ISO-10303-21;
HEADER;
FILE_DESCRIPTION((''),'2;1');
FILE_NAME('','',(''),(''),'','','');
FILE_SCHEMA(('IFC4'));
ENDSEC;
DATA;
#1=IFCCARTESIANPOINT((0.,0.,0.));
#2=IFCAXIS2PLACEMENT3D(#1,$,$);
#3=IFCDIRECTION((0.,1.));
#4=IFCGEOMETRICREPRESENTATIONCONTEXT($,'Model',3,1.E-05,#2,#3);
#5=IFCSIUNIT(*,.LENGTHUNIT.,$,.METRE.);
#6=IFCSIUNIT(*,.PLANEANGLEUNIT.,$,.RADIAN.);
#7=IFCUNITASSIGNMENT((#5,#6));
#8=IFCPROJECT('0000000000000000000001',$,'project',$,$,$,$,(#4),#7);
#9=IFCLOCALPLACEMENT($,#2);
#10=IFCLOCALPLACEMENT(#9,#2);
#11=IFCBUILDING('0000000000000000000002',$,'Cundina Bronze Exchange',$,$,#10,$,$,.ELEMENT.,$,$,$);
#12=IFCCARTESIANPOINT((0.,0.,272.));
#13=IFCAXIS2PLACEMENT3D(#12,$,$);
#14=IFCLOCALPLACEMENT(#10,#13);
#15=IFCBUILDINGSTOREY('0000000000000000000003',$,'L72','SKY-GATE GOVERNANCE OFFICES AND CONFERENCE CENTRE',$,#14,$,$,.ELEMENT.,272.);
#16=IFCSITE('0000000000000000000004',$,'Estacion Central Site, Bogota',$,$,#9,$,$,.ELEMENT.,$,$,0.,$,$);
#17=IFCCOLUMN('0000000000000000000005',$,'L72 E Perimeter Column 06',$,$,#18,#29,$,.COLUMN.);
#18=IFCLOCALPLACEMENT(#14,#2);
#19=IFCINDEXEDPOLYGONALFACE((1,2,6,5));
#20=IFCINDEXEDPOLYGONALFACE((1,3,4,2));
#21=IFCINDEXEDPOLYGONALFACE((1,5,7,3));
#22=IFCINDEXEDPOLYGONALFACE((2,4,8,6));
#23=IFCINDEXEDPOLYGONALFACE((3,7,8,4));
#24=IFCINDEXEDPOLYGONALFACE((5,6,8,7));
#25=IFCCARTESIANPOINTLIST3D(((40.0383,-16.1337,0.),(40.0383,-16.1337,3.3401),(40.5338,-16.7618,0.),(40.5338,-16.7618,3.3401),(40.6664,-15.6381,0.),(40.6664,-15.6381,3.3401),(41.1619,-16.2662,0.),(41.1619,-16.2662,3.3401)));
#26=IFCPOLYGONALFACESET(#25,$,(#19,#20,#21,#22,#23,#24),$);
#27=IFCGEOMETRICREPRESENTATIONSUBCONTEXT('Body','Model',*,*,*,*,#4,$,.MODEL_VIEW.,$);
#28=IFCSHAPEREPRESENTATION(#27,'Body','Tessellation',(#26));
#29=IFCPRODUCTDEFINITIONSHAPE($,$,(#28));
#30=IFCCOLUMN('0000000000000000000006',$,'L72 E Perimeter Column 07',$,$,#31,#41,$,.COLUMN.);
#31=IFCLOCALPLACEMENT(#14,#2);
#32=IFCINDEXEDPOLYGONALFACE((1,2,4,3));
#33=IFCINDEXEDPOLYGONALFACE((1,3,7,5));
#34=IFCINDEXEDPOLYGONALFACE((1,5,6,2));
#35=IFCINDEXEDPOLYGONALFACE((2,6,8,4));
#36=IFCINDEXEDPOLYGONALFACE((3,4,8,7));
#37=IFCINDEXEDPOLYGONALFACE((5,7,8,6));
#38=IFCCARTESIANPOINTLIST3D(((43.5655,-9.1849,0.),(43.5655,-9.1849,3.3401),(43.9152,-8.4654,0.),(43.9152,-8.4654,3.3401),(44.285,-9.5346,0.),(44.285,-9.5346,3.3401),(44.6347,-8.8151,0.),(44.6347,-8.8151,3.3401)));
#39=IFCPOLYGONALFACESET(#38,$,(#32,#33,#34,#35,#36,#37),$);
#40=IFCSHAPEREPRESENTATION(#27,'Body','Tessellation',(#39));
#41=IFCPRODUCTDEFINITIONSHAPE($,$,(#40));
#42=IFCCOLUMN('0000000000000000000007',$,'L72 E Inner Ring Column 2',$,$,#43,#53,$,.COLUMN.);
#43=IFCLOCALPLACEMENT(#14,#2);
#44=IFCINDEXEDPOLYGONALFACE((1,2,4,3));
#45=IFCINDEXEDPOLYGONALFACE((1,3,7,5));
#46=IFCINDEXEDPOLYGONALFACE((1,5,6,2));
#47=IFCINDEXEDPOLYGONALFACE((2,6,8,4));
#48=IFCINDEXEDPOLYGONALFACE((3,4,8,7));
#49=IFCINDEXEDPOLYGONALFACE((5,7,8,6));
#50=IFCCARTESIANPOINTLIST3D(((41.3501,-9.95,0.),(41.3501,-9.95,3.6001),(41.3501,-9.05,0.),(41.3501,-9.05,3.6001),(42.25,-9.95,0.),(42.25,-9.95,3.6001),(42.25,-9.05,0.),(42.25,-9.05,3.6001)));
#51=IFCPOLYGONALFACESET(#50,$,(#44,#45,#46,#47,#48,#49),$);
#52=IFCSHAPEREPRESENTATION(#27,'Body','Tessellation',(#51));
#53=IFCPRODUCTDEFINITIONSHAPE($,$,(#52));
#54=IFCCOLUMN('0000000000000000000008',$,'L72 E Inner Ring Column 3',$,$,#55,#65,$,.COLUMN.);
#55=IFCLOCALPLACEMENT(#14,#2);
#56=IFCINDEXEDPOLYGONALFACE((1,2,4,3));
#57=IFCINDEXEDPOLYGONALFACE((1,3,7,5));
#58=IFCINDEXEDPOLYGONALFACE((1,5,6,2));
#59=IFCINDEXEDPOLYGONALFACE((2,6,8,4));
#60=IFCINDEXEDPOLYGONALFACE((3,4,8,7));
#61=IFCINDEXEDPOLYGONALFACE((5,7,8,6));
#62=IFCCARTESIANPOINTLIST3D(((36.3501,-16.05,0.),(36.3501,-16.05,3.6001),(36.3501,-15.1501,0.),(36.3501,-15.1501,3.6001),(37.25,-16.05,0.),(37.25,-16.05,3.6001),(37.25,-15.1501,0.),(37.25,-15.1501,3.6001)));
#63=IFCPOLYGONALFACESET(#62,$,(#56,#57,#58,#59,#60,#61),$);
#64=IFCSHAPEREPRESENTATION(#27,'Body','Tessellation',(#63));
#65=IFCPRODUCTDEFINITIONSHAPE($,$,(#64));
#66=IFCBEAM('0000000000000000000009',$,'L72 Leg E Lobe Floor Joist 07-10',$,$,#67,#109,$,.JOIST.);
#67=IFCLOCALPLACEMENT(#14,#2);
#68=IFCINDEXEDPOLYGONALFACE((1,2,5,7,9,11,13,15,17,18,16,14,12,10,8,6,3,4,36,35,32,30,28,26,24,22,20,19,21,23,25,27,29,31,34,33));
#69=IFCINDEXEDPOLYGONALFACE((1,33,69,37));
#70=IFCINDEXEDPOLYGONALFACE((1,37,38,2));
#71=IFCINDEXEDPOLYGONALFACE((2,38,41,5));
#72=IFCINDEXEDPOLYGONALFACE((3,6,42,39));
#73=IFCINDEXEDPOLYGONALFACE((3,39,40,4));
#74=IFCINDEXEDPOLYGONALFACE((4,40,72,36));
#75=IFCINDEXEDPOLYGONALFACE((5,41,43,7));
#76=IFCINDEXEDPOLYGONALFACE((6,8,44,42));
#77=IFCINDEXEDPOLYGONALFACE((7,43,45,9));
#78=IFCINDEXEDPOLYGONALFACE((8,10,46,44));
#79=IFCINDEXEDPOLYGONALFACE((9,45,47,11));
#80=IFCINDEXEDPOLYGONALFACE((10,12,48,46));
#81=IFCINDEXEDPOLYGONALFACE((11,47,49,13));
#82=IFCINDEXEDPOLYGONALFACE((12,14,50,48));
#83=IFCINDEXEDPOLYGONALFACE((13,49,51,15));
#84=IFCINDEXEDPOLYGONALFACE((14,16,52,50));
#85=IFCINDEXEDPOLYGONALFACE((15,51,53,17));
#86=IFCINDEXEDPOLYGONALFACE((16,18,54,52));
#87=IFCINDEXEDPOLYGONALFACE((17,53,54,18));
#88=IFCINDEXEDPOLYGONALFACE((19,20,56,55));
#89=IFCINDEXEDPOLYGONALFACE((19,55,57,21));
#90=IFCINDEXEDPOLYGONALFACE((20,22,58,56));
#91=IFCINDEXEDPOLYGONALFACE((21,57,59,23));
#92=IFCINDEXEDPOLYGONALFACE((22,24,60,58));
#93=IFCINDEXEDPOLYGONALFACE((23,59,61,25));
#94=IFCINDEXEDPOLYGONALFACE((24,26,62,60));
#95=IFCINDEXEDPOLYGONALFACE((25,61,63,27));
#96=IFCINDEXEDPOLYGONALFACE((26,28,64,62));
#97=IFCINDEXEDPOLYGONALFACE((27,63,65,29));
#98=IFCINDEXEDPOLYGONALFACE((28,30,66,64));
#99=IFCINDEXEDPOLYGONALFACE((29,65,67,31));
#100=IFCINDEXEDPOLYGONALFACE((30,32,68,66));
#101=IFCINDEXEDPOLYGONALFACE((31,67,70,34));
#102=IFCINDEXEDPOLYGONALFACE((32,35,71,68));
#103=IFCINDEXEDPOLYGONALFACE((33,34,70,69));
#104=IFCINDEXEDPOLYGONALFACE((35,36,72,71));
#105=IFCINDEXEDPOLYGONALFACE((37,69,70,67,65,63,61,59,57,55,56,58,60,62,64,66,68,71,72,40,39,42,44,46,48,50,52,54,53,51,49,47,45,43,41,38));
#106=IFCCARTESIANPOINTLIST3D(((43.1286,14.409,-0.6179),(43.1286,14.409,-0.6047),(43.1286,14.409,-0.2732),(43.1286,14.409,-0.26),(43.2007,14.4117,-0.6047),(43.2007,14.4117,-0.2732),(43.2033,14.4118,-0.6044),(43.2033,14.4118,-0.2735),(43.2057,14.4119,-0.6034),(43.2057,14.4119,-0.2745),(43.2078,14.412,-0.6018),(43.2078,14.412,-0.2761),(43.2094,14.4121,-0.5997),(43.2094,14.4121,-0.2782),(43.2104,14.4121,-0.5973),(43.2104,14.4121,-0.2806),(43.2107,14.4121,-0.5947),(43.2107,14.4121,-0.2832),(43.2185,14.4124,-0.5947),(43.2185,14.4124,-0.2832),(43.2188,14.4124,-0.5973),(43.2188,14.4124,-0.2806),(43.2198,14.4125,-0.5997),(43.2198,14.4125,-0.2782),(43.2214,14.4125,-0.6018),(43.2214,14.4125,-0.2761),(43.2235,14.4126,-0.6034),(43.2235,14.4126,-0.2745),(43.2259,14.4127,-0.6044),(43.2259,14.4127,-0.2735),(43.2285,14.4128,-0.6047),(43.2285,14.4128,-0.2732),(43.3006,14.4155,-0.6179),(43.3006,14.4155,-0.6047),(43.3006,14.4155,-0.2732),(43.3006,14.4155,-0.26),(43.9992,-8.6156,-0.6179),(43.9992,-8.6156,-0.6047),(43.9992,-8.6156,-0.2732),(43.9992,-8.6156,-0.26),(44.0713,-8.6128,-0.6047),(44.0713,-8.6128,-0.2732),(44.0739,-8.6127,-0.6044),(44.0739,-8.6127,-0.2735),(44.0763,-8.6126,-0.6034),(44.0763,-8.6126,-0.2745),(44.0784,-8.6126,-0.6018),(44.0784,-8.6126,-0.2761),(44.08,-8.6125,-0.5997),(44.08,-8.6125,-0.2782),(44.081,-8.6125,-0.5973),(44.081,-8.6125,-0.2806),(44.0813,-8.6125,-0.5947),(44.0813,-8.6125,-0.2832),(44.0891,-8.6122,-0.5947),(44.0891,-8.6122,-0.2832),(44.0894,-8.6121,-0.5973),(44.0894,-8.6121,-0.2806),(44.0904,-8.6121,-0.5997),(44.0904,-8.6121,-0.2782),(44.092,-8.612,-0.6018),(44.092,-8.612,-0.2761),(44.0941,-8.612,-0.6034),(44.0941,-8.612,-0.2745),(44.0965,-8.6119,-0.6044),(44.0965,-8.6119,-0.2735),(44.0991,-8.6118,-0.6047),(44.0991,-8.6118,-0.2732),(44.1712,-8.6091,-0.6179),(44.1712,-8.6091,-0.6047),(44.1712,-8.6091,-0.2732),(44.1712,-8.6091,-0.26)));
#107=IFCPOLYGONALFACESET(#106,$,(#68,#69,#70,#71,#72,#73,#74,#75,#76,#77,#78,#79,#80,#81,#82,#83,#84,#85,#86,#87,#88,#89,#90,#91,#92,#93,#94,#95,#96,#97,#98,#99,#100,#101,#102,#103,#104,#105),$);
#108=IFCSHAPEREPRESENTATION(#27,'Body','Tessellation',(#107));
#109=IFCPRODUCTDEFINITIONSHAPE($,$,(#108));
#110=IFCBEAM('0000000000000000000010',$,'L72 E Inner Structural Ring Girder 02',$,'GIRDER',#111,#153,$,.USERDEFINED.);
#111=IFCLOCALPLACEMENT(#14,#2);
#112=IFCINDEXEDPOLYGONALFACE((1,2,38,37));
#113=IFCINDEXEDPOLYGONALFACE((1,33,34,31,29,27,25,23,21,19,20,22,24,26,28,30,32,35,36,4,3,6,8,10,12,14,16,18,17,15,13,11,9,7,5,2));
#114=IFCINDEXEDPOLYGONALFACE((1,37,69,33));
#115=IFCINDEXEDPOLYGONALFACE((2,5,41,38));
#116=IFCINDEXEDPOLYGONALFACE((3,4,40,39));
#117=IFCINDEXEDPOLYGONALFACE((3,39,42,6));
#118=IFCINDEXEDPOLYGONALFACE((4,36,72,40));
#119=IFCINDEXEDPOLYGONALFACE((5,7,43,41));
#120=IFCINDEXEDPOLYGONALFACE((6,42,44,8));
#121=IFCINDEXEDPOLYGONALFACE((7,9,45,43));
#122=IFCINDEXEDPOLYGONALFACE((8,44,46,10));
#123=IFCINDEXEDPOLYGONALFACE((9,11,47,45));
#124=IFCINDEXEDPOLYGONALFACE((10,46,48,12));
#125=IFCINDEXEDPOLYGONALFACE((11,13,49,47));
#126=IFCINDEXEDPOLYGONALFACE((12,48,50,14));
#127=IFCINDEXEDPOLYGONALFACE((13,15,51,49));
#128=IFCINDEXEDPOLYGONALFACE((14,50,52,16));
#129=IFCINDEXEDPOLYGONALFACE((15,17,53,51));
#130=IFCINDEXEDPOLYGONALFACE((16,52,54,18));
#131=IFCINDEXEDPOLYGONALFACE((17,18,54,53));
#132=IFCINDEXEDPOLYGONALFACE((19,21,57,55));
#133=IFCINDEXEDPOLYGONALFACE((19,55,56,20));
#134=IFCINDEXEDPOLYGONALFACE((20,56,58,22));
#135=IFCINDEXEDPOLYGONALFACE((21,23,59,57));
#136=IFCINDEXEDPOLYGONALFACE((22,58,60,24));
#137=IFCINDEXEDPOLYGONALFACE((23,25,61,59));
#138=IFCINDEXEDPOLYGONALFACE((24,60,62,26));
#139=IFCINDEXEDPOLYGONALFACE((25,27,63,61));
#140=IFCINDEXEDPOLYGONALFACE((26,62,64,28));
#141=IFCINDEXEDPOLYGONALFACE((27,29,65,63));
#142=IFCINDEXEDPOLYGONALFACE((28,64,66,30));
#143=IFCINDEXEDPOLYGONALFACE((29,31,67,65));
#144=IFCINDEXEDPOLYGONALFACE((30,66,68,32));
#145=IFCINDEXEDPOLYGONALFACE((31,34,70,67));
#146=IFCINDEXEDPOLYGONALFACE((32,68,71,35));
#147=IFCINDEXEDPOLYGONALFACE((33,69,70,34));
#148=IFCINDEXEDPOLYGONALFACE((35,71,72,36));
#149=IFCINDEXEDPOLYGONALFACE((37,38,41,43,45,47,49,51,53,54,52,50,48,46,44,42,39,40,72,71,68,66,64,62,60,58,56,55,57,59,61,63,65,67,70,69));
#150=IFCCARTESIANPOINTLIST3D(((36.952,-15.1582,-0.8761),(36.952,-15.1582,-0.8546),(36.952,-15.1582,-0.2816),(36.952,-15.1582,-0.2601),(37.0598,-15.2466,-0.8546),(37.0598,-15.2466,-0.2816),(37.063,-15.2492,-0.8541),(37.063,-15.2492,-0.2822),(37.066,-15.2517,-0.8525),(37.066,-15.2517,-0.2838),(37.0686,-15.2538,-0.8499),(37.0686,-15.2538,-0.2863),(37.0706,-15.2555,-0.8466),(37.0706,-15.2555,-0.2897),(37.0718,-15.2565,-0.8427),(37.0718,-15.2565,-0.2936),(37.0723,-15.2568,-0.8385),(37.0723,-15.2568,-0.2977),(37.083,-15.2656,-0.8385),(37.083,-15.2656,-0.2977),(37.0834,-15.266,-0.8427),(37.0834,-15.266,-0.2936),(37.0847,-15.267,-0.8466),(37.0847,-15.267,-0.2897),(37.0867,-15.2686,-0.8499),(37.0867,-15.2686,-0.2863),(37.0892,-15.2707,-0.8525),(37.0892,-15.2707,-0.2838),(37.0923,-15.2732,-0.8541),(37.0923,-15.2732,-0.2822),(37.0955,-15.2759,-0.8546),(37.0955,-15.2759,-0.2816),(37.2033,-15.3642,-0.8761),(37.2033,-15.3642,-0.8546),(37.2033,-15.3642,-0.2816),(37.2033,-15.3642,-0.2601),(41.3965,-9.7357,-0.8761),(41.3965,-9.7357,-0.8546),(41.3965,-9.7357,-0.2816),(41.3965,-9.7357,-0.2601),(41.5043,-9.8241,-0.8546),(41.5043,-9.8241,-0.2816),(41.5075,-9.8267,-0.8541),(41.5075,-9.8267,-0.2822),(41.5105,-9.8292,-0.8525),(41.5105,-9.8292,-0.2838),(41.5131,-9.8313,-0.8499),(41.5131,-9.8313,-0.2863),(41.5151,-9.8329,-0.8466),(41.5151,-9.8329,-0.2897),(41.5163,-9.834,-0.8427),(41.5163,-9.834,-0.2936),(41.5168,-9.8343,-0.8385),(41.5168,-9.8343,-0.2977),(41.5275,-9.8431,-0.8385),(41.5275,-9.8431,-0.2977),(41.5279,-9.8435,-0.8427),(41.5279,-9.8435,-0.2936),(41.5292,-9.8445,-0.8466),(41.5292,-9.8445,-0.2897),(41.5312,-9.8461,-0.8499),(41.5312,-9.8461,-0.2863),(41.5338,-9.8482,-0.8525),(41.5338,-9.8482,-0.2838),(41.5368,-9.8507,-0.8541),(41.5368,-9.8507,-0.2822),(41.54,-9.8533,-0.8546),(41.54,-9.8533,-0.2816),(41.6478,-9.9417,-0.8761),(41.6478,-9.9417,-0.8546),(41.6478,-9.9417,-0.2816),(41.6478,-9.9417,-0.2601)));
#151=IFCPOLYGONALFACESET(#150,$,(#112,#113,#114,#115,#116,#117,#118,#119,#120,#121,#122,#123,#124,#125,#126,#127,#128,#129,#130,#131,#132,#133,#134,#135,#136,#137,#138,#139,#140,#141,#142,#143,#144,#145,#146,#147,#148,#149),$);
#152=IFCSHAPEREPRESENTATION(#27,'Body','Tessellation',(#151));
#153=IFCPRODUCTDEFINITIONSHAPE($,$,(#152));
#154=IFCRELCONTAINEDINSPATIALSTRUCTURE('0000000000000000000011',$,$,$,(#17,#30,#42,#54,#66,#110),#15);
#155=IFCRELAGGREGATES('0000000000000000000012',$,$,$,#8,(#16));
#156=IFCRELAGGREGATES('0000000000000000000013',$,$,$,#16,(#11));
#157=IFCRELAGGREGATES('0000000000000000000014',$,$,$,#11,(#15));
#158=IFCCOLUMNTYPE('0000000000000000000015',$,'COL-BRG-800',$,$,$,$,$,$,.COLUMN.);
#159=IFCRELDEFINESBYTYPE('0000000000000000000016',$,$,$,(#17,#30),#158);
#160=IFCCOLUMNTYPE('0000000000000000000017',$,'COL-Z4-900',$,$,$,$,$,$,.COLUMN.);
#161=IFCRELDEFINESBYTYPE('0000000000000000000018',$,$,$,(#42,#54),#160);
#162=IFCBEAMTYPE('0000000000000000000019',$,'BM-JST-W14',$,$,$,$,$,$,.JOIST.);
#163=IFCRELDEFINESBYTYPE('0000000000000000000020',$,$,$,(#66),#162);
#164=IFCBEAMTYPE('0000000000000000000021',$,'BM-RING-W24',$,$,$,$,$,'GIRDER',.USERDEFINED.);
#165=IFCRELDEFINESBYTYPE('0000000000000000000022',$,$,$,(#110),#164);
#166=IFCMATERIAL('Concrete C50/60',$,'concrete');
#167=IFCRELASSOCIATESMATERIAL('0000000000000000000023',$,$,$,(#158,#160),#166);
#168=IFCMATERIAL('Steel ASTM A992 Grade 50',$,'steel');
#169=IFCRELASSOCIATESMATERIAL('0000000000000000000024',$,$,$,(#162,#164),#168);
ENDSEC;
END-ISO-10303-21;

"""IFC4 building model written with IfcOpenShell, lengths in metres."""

from ifc_helpers import new_model, si_unit, direction, frame, origin, origin_2d, place, context, subcontext, project, spatial, rectangle, i_section, extrude, material, material_profile, profile_set, type_object, element, save


model = new_model("IFC4")

# Units and contexts
model_context = context("Model", 3, precision=1e-05, world=origin(), true_north=direction((0.0, 1.0)))
body_context = subcontext(model_context, "Body", "Model", "MODEL_VIEW")
ifc_project = project(units=[si_unit("LENGTHUNIT", "METRE"), si_unit("PLANEANGLEUNIT", "RADIAN")], contexts=[model_context])

# Site, building, storey
site_placement = place(None, origin())
site = spatial("IfcSite", under=ifc_project, at=site_placement, Name="Estacion Central Site, Bogota", CompositionType="ELEMENT", RefElevation=0.0)
building_placement = place(site_placement, origin())
building = spatial("IfcBuilding", under=site, at=building_placement, Name="Cundina Bronze Exchange", CompositionType="ELEMENT")
storey_placement = place(building_placement, frame((0.0, 0.0, 272.0)))
storey = spatial("IfcBuildingStorey", under=building, at=storey_placement, Name="L72", Description="SKY-GATE GOVERNANCE OFFICES AND CONFERENCE CENTRE", CompositionType="ELEMENT", Elevation=272.0)

# Columns
ifc_material_1 = material(Name="Concrete C50/60", Category="concrete")
ifc_material_profile_1 = material_profile(ifc_material_1, rectangle(XDim=0.8, YDim=0.8, at=origin_2d()), Name="RC800X800", Category="concrete")
ifc_profile_set_1 = profile_set([ifc_material_profile_1], Name="Concrete C50/60")
column_type_1 = type_object("IfcColumnType", Name="COL-BRG-800", PredefinedType="COLUMN", material=ifc_profile_set_1)
for number, where, z_axis, x_axis, name in (
    (1, (40.6001, -16.2, 0.0), (0.0, 0.0, 1.0), (0.785101, 0.619368, 0.0), "L72 E Perimeter Column 06"),
    (2, (44.1001, -9.0, 0.0), (0.0, 0.0, 1.0), (0.437116, 0.899405, 0.0), "L72 E Perimeter Column 07"),
):
    element("IfcColumn", number, at=place(storey_placement, frame(where, z_axis=z_axis, x_axis=x_axis)), inside=storey, type_object=column_type_1, Name=name, PredefinedType="COLUMN", context=body_context, shape_type="SweptSolid", body=[
        extrude(rectangle(XDim=0.8, YDim=0.8, at=origin_2d()), origin(), (0.0, 0.0, 1.0), 3.3401),
    ])
ifc_material_profile_2 = material_profile(ifc_material_1, rectangle(XDim=0.8999, YDim=0.8999, at=origin_2d()), Name="RC900X900", Category="concrete")
ifc_profile_set_2 = profile_set([ifc_material_profile_2], Name="Concrete C50/60")
column_type_2 = type_object("IfcColumnType", Name="COL-Z4-900", PredefinedType="COLUMN", material=ifc_profile_set_2)
for number, where, z_axis, x_axis, name in (
    (3, (41.8, -9.5, 0.0), (0.0, 0.0, 1.0), (1.0, 0.0, 0.0), "L72 E Inner Ring Column 2"),
    (4, (36.8, -15.6001, 0.0), (0.0, 0.0, 1.0), (1.0, 0.0, 0.0), "L72 E Inner Ring Column 3"),
):
    element("IfcColumn", number, at=place(storey_placement, frame(where, z_axis=z_axis, x_axis=x_axis)), inside=storey, type_object=column_type_2, Name=name, PredefinedType="COLUMN", context=body_context, shape_type="SweptSolid", body=[
        extrude(rectangle(XDim=0.8999, YDim=0.8999, at=origin_2d()), origin(), (0.0, 0.0, 1.0), 3.6001),
    ])

# Beams
ifc_material_2 = material(Name="Steel ASTM A992 Grade 50", Category="steel")
ifc_material_profile_3 = material_profile(ifc_material_2, i_section(OverallWidth=0.1721, OverallDepth=0.3579, WebThickness=0.0078, FlangeThickness=0.0132, FilletRadius=0.01, at=origin_2d()), Name="W14X38", Category="steel")
ifc_profile_set_3 = profile_set([ifc_material_profile_3], Name="Steel ASTM A992 Grade 50")
beam_type_1 = type_object("IfcBeamType", Name="BM-JST-W14", PredefinedType="JOIST", material=ifc_profile_set_3)
beam_1_placement = place(storey_placement, frame((44.0852, -8.6123, -0.439), z_axis=(-0.037785, 0.999286, 0.0), x_axis=(-0.999286, -0.037785, 0.0)))
element("IfcBeam", 5, at=beam_1_placement, inside=storey, type_object=beam_type_1, Name="L72 Leg E Lobe Floor Joist 07-10", PredefinedType="JOIST", context=body_context, shape_type="SweptSolid", body=[
    extrude(i_section(OverallWidth=0.1721, OverallDepth=0.3579, WebThickness=0.0078, FlangeThickness=0.0132, FilletRadius=0.01, at=origin_2d()), origin(), (0.0, 0.0, 1.0), 23.041),
])
ifc_material_profile_4 = material_profile(ifc_material_2, i_section(OverallWidth=0.325, OverallDepth=0.616, WebThickness=0.0139, FlangeThickness=0.0215, FilletRadius=0.0161, at=origin_2d()), Name="W24X117", Category="steel")
ifc_profile_set_4 = profile_set([ifc_material_profile_4], Name="Steel ASTM A992 Grade 50")
beam_type_2 = type_object("IfcBeamType", Name="BM-RING-W24", ElementType="GIRDER", PredefinedType="USERDEFINED", material=ifc_profile_set_4)
beam_2_placement = place(storey_placement, frame((37.0776, -15.2612, -0.5681), z_axis=(0.633913, 0.773405, 0.0), x_axis=(-0.773405, 0.633913, 0.0)))
element("IfcBeam", 6, at=beam_2_placement, inside=storey, type_object=beam_type_2, Name="L72 E Inner Structural Ring Girder 02", ObjectType="GIRDER", PredefinedType="USERDEFINED", context=body_context, shape_type="SweptSolid", body=[
    extrude(i_section(OverallWidth=0.325, OverallDepth=0.616, WebThickness=0.0139, FlangeThickness=0.0215, FilletRadius=0.0161, at=origin_2d()), origin(), (0.0, 0.0, 1.0), 7.0112),
])

save(model, "model.ifc")
